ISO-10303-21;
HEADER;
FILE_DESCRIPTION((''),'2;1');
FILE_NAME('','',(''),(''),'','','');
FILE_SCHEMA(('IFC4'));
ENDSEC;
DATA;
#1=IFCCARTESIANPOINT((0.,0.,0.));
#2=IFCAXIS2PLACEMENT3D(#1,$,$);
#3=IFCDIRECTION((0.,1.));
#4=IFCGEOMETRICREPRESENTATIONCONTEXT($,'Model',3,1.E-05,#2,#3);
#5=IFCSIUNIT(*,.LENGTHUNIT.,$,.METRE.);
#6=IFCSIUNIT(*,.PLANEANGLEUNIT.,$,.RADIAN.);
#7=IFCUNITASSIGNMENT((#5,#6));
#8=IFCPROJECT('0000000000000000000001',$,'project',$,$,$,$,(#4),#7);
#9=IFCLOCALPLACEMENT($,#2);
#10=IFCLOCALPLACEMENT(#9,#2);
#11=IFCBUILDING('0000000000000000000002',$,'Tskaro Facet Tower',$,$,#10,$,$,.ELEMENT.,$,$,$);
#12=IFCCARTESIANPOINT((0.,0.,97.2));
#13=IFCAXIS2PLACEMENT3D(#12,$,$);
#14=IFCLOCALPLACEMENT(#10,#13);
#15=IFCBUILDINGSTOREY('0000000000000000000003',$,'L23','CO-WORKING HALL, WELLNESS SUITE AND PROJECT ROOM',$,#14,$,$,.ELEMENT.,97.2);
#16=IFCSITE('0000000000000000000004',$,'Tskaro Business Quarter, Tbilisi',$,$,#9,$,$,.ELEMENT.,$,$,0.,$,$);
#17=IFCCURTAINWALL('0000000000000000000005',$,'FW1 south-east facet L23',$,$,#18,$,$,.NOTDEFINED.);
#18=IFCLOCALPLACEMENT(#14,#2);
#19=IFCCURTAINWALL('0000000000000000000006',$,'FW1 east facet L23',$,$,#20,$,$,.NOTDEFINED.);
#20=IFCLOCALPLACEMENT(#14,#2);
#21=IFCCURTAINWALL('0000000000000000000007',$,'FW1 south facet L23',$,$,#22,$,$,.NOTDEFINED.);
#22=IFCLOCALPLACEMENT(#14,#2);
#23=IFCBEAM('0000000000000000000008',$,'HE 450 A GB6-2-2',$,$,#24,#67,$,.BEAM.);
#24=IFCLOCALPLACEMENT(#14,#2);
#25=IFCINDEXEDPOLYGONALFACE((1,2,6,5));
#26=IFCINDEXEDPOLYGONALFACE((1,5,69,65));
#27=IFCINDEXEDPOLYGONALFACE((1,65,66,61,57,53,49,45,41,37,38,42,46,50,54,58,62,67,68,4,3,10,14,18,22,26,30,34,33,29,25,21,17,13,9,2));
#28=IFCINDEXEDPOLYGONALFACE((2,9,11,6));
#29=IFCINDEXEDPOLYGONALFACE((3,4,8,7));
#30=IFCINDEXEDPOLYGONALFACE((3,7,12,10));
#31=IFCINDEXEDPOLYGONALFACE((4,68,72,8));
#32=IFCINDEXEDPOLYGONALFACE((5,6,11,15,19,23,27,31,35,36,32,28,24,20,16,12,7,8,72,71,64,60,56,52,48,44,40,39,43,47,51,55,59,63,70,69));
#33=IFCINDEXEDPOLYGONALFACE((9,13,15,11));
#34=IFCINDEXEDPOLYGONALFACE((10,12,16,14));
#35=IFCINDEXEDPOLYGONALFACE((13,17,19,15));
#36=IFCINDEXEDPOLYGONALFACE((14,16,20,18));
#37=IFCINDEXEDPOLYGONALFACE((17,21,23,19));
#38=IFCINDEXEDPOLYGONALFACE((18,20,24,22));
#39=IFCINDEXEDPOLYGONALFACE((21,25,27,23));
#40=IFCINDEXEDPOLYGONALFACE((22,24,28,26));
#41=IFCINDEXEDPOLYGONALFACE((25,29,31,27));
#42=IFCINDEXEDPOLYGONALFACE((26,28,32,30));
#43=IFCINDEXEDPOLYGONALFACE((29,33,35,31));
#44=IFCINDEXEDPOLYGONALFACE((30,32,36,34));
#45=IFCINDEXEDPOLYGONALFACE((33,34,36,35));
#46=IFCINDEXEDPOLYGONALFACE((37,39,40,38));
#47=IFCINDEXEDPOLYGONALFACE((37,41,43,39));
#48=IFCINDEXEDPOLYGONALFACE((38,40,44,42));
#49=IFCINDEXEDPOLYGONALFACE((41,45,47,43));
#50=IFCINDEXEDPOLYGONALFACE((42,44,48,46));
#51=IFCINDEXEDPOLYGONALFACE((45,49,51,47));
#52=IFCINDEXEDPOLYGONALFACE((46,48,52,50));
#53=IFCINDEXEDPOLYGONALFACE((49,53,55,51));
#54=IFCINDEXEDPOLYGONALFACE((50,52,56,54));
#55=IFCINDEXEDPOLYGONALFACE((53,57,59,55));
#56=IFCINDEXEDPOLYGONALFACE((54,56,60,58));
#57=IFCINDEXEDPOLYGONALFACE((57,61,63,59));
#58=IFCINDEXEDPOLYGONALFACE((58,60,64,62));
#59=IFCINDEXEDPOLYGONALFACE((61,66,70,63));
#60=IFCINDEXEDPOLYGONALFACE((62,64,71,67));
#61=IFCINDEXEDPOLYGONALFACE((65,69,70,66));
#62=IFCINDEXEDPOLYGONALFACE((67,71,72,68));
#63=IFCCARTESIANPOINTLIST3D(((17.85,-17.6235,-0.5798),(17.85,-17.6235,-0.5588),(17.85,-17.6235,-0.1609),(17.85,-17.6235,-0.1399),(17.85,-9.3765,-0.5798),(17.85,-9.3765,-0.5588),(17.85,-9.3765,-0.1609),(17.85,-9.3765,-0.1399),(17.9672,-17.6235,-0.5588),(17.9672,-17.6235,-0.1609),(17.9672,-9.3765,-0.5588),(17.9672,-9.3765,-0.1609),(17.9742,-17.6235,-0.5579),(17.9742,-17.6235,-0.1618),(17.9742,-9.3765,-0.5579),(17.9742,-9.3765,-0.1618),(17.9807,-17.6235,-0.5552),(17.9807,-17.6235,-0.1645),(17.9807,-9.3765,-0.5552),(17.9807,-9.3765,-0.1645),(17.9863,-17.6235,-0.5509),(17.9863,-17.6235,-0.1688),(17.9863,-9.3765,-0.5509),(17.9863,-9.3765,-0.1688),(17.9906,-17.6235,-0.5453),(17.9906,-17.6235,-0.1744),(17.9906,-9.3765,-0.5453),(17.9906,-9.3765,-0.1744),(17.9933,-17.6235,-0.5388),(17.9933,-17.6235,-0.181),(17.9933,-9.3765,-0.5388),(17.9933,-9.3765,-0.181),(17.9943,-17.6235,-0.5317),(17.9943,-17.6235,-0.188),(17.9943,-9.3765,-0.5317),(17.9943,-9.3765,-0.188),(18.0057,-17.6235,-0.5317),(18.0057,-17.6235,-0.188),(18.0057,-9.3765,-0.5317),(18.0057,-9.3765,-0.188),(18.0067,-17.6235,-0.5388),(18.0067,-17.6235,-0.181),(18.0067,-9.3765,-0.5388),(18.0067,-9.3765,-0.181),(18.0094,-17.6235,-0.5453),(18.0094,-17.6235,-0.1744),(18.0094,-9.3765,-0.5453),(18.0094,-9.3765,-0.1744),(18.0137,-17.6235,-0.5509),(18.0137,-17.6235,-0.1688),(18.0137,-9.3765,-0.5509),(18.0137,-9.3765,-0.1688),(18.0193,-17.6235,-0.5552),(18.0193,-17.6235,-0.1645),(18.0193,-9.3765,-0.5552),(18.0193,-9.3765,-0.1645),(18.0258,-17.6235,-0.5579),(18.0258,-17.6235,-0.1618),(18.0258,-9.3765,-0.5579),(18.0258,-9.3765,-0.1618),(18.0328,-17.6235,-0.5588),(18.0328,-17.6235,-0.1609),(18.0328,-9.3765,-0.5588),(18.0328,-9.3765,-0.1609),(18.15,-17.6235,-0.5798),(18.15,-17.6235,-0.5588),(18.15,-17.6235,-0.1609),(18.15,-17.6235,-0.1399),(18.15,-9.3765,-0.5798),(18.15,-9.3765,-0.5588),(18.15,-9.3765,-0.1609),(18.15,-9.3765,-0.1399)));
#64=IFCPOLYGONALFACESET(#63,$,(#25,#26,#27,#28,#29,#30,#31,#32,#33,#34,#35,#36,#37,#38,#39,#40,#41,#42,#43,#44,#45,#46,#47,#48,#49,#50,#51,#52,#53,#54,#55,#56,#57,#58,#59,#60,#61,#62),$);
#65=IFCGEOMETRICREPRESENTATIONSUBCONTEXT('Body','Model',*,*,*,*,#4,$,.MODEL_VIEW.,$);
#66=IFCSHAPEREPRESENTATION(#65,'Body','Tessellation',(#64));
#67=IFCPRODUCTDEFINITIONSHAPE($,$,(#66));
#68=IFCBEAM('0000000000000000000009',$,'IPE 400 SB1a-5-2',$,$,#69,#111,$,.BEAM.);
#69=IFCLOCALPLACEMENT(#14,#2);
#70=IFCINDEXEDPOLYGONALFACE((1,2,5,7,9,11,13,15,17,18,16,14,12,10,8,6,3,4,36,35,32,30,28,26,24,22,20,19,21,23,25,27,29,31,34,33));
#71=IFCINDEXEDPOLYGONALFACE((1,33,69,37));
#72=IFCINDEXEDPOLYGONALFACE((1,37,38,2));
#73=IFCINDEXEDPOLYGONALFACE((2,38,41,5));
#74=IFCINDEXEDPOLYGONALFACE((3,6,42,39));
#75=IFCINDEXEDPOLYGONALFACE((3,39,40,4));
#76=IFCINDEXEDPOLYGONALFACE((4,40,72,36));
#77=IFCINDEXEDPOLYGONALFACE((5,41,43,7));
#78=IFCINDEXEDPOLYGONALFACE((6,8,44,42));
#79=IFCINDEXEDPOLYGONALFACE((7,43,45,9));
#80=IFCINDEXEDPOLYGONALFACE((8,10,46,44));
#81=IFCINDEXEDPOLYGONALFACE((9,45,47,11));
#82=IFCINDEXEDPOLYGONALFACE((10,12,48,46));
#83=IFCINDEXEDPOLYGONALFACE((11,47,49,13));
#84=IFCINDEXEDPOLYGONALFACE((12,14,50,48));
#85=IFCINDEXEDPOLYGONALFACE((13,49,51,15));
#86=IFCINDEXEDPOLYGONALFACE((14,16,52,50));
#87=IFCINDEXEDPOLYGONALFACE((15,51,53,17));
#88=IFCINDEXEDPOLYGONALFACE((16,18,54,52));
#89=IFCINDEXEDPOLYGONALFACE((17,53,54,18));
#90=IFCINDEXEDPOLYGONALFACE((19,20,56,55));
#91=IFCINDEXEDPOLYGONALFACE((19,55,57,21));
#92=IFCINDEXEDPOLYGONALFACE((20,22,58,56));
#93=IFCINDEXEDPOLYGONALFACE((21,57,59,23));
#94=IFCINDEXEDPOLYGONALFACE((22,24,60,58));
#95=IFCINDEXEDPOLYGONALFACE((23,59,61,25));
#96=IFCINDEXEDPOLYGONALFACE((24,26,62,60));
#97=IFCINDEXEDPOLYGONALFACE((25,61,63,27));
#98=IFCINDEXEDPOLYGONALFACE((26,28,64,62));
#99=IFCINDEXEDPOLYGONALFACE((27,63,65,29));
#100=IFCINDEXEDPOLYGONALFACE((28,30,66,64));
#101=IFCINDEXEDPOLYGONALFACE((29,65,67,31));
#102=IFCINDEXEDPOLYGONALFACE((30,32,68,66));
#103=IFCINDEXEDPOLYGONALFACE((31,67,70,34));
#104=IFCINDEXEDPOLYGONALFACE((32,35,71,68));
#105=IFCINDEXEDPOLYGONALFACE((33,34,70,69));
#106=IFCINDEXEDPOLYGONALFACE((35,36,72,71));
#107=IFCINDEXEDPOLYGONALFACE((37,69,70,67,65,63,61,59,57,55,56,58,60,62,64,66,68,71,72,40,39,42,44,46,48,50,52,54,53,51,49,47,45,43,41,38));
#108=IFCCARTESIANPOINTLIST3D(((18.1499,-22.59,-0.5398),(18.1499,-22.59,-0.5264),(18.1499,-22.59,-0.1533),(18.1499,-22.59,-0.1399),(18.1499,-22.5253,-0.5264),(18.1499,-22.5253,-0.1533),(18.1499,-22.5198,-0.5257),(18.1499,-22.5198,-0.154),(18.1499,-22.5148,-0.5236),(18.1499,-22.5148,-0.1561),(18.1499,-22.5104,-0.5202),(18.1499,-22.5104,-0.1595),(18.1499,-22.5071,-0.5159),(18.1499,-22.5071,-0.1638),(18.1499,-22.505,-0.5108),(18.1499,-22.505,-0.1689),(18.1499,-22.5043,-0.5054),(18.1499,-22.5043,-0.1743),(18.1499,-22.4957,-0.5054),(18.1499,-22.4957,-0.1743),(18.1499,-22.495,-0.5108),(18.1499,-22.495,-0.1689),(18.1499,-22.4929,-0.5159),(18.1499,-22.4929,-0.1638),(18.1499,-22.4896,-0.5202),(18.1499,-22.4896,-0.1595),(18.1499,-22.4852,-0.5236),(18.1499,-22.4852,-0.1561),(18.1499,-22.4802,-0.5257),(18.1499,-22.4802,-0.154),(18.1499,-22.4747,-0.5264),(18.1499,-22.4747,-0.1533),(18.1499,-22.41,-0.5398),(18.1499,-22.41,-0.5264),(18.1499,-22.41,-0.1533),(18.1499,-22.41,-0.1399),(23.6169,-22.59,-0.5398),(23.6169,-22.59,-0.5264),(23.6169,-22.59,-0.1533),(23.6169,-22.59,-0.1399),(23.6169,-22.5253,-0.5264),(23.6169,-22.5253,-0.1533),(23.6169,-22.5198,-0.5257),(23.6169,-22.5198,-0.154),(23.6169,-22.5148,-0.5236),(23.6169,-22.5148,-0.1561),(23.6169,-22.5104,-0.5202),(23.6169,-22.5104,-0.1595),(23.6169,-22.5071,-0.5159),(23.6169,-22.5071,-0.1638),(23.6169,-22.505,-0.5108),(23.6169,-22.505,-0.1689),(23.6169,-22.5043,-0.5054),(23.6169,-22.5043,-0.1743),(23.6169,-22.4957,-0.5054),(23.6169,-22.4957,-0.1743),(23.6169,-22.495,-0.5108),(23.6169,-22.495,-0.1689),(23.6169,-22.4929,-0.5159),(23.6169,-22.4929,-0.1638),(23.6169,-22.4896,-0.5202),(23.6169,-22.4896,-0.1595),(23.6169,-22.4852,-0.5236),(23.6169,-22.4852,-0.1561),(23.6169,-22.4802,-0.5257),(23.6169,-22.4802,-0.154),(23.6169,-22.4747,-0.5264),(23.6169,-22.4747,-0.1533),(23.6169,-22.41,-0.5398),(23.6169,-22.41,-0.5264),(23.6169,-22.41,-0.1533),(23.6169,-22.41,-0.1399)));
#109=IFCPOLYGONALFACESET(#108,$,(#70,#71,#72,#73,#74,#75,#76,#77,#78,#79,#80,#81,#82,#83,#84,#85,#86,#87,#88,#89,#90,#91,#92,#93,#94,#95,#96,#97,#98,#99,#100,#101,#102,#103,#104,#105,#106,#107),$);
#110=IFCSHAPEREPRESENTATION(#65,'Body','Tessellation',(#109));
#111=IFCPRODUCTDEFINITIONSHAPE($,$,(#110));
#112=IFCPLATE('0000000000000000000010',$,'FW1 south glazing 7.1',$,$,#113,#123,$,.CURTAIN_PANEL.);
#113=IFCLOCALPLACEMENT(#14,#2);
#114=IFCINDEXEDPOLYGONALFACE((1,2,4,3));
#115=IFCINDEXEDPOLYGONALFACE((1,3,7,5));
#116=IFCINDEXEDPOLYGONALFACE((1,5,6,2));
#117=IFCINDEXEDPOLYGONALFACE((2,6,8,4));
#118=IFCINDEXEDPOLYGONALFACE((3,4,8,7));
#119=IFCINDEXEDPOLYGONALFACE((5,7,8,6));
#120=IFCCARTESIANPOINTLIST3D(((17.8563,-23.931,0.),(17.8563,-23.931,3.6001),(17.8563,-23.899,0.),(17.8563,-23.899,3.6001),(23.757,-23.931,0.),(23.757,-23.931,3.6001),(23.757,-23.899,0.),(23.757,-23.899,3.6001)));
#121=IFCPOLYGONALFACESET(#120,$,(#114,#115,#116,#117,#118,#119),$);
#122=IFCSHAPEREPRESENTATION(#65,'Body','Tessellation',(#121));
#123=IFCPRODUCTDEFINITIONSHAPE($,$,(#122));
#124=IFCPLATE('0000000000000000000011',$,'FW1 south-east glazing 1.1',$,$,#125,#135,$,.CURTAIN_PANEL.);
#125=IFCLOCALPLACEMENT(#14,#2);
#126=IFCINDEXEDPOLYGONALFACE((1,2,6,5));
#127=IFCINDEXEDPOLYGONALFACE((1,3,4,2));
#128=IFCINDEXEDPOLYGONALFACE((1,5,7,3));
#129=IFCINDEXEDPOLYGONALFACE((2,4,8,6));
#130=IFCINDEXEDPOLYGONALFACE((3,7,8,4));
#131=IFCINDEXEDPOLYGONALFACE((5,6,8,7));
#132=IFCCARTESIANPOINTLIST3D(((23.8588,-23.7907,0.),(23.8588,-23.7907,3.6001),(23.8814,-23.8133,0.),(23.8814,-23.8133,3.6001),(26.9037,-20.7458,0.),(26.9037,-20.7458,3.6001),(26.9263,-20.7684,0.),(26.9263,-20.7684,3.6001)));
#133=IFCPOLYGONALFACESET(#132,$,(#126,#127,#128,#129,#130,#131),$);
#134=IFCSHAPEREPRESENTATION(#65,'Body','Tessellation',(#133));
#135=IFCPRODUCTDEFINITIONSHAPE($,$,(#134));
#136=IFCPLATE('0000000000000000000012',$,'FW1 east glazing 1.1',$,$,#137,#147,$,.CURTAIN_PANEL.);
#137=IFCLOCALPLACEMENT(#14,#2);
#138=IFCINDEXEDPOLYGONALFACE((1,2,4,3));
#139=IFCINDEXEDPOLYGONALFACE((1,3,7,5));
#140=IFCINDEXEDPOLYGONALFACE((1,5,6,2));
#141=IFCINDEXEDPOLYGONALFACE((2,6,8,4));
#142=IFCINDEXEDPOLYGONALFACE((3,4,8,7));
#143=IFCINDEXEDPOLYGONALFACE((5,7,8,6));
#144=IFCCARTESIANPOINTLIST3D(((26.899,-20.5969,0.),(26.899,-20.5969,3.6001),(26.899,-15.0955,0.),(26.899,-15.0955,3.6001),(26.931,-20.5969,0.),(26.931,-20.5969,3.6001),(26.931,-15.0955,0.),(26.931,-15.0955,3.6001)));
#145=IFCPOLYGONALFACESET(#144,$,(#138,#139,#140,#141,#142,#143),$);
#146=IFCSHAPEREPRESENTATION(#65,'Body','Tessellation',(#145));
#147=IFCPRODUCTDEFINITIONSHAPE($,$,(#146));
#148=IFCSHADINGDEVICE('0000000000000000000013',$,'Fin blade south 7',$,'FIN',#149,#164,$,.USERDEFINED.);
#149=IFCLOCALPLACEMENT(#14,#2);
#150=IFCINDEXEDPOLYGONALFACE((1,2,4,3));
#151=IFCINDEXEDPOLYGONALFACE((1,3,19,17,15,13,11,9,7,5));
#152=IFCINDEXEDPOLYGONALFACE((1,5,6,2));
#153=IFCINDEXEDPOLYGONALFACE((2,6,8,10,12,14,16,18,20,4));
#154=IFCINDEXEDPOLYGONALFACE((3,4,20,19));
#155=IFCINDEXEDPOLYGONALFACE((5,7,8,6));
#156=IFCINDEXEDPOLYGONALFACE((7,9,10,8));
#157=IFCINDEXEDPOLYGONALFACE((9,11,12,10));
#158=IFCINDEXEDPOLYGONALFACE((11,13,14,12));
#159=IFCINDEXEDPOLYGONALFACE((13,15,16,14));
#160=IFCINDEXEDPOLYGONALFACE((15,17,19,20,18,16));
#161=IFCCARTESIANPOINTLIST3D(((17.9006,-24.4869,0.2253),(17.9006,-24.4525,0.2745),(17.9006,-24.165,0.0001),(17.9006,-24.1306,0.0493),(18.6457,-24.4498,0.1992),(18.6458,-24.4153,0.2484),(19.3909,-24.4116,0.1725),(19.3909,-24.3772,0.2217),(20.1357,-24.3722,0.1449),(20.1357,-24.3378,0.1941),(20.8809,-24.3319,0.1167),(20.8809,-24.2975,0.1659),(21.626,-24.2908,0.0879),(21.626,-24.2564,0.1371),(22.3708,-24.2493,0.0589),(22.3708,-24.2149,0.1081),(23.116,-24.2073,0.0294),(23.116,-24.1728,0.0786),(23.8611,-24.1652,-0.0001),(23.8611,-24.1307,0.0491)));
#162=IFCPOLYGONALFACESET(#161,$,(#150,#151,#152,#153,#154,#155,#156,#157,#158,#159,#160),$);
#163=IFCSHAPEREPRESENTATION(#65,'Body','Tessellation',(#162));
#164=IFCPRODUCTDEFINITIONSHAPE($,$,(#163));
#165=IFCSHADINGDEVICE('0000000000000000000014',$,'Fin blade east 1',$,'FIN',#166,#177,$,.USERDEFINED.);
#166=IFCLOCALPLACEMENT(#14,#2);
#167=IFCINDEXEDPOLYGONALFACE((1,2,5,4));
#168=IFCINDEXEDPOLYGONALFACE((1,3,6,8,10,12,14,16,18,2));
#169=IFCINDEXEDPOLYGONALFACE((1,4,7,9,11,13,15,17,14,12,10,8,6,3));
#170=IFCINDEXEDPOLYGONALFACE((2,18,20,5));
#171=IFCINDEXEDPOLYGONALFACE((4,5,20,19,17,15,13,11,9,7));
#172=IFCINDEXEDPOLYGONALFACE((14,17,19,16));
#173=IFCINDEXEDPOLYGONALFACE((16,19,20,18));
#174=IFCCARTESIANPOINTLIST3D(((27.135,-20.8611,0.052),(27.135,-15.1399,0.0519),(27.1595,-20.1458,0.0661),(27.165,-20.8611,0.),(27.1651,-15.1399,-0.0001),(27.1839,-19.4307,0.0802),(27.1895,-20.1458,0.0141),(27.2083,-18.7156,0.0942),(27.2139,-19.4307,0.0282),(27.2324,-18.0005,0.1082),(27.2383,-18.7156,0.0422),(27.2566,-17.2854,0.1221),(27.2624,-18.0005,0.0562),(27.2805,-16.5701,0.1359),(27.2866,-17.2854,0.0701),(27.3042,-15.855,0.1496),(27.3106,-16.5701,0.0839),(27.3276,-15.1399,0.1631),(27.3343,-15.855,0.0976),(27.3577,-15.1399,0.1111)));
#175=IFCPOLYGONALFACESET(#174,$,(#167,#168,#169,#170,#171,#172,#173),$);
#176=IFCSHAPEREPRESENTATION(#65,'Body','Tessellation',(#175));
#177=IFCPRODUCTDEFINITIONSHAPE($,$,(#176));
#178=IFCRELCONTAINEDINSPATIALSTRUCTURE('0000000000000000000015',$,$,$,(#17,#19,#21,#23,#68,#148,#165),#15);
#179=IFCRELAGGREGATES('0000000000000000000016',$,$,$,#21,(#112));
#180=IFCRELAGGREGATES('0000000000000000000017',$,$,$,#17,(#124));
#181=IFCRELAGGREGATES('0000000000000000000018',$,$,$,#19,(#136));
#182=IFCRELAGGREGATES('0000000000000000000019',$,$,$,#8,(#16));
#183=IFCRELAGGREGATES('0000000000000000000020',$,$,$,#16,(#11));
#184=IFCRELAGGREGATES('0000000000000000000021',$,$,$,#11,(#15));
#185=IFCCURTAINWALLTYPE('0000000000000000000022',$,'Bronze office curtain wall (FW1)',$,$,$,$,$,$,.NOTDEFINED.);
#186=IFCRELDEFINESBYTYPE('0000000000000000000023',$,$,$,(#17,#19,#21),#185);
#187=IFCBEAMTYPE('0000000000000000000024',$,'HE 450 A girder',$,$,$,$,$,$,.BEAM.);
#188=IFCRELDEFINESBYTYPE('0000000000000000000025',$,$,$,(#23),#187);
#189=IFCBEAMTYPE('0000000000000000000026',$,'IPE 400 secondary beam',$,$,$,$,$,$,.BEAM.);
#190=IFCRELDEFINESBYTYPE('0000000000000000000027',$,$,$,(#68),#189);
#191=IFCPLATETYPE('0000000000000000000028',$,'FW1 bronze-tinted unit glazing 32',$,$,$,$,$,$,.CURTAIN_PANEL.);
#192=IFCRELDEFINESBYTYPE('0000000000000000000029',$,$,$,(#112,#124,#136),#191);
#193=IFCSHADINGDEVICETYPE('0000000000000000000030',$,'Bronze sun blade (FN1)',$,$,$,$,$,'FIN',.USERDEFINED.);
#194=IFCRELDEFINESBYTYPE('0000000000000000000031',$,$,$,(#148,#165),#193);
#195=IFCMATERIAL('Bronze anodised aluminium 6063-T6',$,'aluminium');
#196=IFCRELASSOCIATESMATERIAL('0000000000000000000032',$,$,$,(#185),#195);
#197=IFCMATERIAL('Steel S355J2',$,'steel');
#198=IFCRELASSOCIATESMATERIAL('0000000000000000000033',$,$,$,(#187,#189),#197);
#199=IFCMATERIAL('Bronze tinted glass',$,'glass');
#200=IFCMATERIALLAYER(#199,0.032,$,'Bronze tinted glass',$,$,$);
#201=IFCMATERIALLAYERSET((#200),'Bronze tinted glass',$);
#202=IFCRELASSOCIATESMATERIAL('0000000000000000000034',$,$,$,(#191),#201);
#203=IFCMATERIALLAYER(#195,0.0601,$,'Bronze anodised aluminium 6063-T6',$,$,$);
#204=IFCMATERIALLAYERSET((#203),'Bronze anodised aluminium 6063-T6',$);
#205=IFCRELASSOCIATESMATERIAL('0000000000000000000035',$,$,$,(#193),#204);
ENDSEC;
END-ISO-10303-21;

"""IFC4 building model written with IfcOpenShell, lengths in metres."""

from ifc_helpers import new_model, si_unit, direction, frame, origin, origin_2d, place, context, subcontext, project, spatial, polyline, rectangle, i_section, outline, extrude, material, layer, layer_set, material_profile, profile_set, type_object, element, aggregate, save


model = new_model("IFC4")

# Units and contexts
model_context = context("Model", 3, precision=1e-05, world=origin(), true_north=direction((0.0, 1.0)))
body_context = subcontext(model_context, "Body", "Model", "MODEL_VIEW")
ifc_project = project(units=[si_unit("LENGTHUNIT", "METRE"), si_unit("PLANEANGLEUNIT", "RADIAN")], contexts=[model_context])

# Site, building, storey
site_placement = place(None, origin())
site = spatial("IfcSite", under=ifc_project, at=site_placement, Name="Tskaro Business Quarter, Tbilisi", CompositionType="ELEMENT", RefElevation=0.0)
building_placement = place(site_placement, origin())
building = spatial("IfcBuilding", under=site, at=building_placement, Name="Tskaro Facet Tower", CompositionType="ELEMENT")
storey_placement = place(building_placement, frame((0.0, 0.0, 97.2)))
storey = spatial("IfcBuildingStorey", under=building, at=storey_placement, Name="L23", Description="CO-WORKING HALL, WELLNESS SUITE AND PROJECT ROOM", CompositionType="ELEMENT", Elevation=97.2)

# Curtain walls
ifc_material_1 = material(Name="Bronze anodised aluminium 6063-T6", Category="aluminium")
curtain_wall_type = type_object("IfcCurtainWallType", Name="Bronze office curtain wall (FW1)", PredefinedType="NOTDEFINED", material=ifc_material_1)
curtain_wall_1_placement = place(storey_placement, origin())
curtain_wall_1 = element("IfcCurtainWall", 1, at=curtain_wall_1_placement, inside=storey, type_object=curtain_wall_type, Name="FW1 south-east facet L23", PredefinedType="NOTDEFINED")
curtain_wall_2_placement = place(storey_placement, origin())
curtain_wall_2 = element("IfcCurtainWall", 2, at=curtain_wall_2_placement, inside=storey, type_object=curtain_wall_type, Name="FW1 east facet L23", PredefinedType="NOTDEFINED")

# Curtain wall
curtain_wall_3_placement = place(storey_placement, origin())
curtain_wall_3 = element("IfcCurtainWall", 3, at=curtain_wall_3_placement, inside=storey, type_object=curtain_wall_type, Name="FW1 south facet L23", PredefinedType="NOTDEFINED")

# Beams
ifc_material_2 = material(Name="Steel S355J2", Category="steel")
ifc_material_profile_1 = material_profile(ifc_material_2, i_section(OverallWidth=0.3, OverallDepth=0.4399, WebThickness=0.0115, FlangeThickness=0.021, FilletRadius=0.0271, at=origin_2d()), Name="HE 450 A")
ifc_profile_set_1 = profile_set([ifc_material_profile_1], Name="Steel S355J2")
beam_type_1 = type_object("IfcBeamType", Name="HE 450 A girder", PredefinedType="BEAM", material=ifc_profile_set_1)
beam_1_placement = place(storey_placement, frame((18.0, -17.6235, -0.3599), z_axis=(0.0, 1.0, 0.0), x_axis=(-1.0, 0.0, 0.0)))
element("IfcBeam", 4, at=beam_1_placement, inside=storey, type_object=beam_type_1, Name="HE 450 A GB6-2-2", PredefinedType="BEAM", context=body_context, shape_type="SweptSolid", body=[
    extrude(i_section(OverallWidth=0.3, OverallDepth=0.4399, WebThickness=0.0115, FlangeThickness=0.021, FilletRadius=0.0271, at=origin_2d()), origin(), (0.0, 0.0, 1.0), 8.2471),
])
ifc_material_profile_2 = material_profile(ifc_material_2, i_section(OverallWidth=0.1799, OverallDepth=0.3999, WebThickness=0.0085, FlangeThickness=0.0134, FilletRadius=0.021, at=origin_2d()), Name="IPE 400")
ifc_profile_set_2 = profile_set([ifc_material_profile_2], Name="Steel S355J2")
beam_type_2 = type_object("IfcBeamType", Name="IPE 400 secondary beam", PredefinedType="BEAM", material=ifc_profile_set_2)
beam_2_placement = place(storey_placement, frame((18.1499, -22.5, -0.3398), z_axis=(1.0, 0.0, 0.0), x_axis=(0.0, 1.0, 0.0)))
element("IfcBeam", 5, at=beam_2_placement, inside=storey, type_object=beam_type_2, Name="IPE 400 SB1a-5-2", PredefinedType="BEAM", context=body_context, shape_type="SweptSolid", body=[
    extrude(i_section(OverallWidth=0.1799, OverallDepth=0.3999, WebThickness=0.0085, FlangeThickness=0.0134, FilletRadius=0.021, at=origin_2d()), origin(), (0.0, 0.0, 1.0), 5.467),
])

# Plates
ifc_material_3 = material(Name="Bronze tinted glass", Category="glass")
ifc_layer_1 = layer(ifc_material_3, 0.032, Name="Bronze tinted glass")
ifc_layer_set_1 = layer_set([ifc_layer_1], Name="Bronze tinted glass")
plate_type = type_object("IfcPlateType", Name="FW1 bronze-tinted unit glazing 32", PredefinedType="CURTAIN_PANEL", material=ifc_layer_set_1)
plate_1_placement = place(storey_placement, frame((20.8066, -23.915, 0.0), z_axis=(0.0, 0.0, 1.0), x_axis=(1.0, 0.0, 0.0)))
plate_1 = element("IfcPlate", 6, at=plate_1_placement, type_object=plate_type, Name="FW1 south glazing 7.1", PredefinedType="CURTAIN_PANEL", context=body_context, shape_type="SweptSolid", body=[
    extrude(rectangle(XDim=5.9006, YDim=0.032, at=origin_2d()), origin(), (0.0, 0.0, 1.0), 3.6001),
])
aggregate(curtain_wall_3, [plate_1])
plate_2_placement = place(storey_placement, frame((25.3926, -22.2795, 0.0), z_axis=(0.0, 0.0, 1.0), x_axis=(0.707107, 0.707107, 0.0)))
plate_2 = element("IfcPlate", 7, at=plate_2_placement, type_object=plate_type, Name="FW1 south-east glazing 1.1", PredefinedType="CURTAIN_PANEL", context=body_context, shape_type="SweptSolid", body=[
    extrude(rectangle(XDim=4.3062, YDim=0.032, at=origin_2d()), origin(), (0.0, 0.0, 1.0), 3.6001),
])
aggregate(curtain_wall_1, [plate_2])
plate_3_placement = place(storey_placement, frame((26.915, -17.8462, 0.0), z_axis=(0.0, 0.0, 1.0), x_axis=(0.0, 1.0, 0.0)))
plate_3 = element("IfcPlate", 8, at=plate_3_placement, type_object=plate_type, Name="FW1 east glazing 1.1", PredefinedType="CURTAIN_PANEL", context=body_context, shape_type="SweptSolid", body=[
    extrude(rectangle(XDim=5.5015, YDim=0.032, at=origin_2d()), origin(), (0.0, 0.0, 1.0), 3.6001),
])
aggregate(curtain_wall_2, [plate_3])

# Shading devices
ifc_layer_2 = layer(ifc_material_1, 0.0601, Name="Bronze anodised aluminium 6063-T6")
ifc_layer_set_2 = layer_set([ifc_layer_2], Name="Bronze anodised aluminium 6063-T6")
shading_device_type = type_object("IfcShadingDeviceType", Name="Bronze sun blade (FN1)", ElementType="FIN", PredefinedType="USERDEFINED", material=ifc_layer_set_2)
shading_device_1_placement = place(storey_placement, frame((17.9006, -24.1306, 0.0493), z_axis=(0.000037, 0.573177, 0.819432), x_axis=(1.0, -0.000021, -0.00003)))
element("IfcShadingDevice", 9, at=shading_device_1_placement, inside=storey, type_object=shading_device_type, Name="Fin blade south 7", ObjectType="FIN", PredefinedType="USERDEFINED", context=body_context, shape_type="SweptSolid", body=[
    extrude(outline(polyline([(0.0, 0.0), (5.9604, 0.0), (5.2153, -0.0514), (4.4702, -0.1027), (3.7253, -0.1534), (2.9802, -0.2035), (2.2351, -0.2528), (1.4902, -0.3009), (0.7451, -0.3475), (0.0, -0.3928), (0.0, 0.0)])), origin(), (0.0, 0.0, -1.0), 0.0601),
])
shading_device_2_placement = place(storey_placement, frame((27.135, -20.8611, 0.052), z_axis=(-0.499844, 0.000013, 0.866115), x_axis=(0.000006, 1.0, -0.000011)))
element("IfcShadingDevice", 10, at=shading_device_2_placement, inside=storey, type_object=shading_device_type, Name="Fin blade east 1", ObjectType="FIN", PredefinedType="USERDEFINED", context=body_context, shape_type="SweptSolid", body=[
    extrude(outline(polyline([(0.0, 0.0), (5.7212, 0.0), (5.7212, -0.2224), (5.0061, -0.1954), (4.291, -0.168), (3.5757, -0.1403), (2.8606, -0.1124), (2.1455, -0.0845), (1.4304, -0.0564), (0.7153, -0.0282), (0.0, 0.0)])), origin(), (0.0, 0.0, -1.0), 0.0601),
])

save(model, "model.ifc")
